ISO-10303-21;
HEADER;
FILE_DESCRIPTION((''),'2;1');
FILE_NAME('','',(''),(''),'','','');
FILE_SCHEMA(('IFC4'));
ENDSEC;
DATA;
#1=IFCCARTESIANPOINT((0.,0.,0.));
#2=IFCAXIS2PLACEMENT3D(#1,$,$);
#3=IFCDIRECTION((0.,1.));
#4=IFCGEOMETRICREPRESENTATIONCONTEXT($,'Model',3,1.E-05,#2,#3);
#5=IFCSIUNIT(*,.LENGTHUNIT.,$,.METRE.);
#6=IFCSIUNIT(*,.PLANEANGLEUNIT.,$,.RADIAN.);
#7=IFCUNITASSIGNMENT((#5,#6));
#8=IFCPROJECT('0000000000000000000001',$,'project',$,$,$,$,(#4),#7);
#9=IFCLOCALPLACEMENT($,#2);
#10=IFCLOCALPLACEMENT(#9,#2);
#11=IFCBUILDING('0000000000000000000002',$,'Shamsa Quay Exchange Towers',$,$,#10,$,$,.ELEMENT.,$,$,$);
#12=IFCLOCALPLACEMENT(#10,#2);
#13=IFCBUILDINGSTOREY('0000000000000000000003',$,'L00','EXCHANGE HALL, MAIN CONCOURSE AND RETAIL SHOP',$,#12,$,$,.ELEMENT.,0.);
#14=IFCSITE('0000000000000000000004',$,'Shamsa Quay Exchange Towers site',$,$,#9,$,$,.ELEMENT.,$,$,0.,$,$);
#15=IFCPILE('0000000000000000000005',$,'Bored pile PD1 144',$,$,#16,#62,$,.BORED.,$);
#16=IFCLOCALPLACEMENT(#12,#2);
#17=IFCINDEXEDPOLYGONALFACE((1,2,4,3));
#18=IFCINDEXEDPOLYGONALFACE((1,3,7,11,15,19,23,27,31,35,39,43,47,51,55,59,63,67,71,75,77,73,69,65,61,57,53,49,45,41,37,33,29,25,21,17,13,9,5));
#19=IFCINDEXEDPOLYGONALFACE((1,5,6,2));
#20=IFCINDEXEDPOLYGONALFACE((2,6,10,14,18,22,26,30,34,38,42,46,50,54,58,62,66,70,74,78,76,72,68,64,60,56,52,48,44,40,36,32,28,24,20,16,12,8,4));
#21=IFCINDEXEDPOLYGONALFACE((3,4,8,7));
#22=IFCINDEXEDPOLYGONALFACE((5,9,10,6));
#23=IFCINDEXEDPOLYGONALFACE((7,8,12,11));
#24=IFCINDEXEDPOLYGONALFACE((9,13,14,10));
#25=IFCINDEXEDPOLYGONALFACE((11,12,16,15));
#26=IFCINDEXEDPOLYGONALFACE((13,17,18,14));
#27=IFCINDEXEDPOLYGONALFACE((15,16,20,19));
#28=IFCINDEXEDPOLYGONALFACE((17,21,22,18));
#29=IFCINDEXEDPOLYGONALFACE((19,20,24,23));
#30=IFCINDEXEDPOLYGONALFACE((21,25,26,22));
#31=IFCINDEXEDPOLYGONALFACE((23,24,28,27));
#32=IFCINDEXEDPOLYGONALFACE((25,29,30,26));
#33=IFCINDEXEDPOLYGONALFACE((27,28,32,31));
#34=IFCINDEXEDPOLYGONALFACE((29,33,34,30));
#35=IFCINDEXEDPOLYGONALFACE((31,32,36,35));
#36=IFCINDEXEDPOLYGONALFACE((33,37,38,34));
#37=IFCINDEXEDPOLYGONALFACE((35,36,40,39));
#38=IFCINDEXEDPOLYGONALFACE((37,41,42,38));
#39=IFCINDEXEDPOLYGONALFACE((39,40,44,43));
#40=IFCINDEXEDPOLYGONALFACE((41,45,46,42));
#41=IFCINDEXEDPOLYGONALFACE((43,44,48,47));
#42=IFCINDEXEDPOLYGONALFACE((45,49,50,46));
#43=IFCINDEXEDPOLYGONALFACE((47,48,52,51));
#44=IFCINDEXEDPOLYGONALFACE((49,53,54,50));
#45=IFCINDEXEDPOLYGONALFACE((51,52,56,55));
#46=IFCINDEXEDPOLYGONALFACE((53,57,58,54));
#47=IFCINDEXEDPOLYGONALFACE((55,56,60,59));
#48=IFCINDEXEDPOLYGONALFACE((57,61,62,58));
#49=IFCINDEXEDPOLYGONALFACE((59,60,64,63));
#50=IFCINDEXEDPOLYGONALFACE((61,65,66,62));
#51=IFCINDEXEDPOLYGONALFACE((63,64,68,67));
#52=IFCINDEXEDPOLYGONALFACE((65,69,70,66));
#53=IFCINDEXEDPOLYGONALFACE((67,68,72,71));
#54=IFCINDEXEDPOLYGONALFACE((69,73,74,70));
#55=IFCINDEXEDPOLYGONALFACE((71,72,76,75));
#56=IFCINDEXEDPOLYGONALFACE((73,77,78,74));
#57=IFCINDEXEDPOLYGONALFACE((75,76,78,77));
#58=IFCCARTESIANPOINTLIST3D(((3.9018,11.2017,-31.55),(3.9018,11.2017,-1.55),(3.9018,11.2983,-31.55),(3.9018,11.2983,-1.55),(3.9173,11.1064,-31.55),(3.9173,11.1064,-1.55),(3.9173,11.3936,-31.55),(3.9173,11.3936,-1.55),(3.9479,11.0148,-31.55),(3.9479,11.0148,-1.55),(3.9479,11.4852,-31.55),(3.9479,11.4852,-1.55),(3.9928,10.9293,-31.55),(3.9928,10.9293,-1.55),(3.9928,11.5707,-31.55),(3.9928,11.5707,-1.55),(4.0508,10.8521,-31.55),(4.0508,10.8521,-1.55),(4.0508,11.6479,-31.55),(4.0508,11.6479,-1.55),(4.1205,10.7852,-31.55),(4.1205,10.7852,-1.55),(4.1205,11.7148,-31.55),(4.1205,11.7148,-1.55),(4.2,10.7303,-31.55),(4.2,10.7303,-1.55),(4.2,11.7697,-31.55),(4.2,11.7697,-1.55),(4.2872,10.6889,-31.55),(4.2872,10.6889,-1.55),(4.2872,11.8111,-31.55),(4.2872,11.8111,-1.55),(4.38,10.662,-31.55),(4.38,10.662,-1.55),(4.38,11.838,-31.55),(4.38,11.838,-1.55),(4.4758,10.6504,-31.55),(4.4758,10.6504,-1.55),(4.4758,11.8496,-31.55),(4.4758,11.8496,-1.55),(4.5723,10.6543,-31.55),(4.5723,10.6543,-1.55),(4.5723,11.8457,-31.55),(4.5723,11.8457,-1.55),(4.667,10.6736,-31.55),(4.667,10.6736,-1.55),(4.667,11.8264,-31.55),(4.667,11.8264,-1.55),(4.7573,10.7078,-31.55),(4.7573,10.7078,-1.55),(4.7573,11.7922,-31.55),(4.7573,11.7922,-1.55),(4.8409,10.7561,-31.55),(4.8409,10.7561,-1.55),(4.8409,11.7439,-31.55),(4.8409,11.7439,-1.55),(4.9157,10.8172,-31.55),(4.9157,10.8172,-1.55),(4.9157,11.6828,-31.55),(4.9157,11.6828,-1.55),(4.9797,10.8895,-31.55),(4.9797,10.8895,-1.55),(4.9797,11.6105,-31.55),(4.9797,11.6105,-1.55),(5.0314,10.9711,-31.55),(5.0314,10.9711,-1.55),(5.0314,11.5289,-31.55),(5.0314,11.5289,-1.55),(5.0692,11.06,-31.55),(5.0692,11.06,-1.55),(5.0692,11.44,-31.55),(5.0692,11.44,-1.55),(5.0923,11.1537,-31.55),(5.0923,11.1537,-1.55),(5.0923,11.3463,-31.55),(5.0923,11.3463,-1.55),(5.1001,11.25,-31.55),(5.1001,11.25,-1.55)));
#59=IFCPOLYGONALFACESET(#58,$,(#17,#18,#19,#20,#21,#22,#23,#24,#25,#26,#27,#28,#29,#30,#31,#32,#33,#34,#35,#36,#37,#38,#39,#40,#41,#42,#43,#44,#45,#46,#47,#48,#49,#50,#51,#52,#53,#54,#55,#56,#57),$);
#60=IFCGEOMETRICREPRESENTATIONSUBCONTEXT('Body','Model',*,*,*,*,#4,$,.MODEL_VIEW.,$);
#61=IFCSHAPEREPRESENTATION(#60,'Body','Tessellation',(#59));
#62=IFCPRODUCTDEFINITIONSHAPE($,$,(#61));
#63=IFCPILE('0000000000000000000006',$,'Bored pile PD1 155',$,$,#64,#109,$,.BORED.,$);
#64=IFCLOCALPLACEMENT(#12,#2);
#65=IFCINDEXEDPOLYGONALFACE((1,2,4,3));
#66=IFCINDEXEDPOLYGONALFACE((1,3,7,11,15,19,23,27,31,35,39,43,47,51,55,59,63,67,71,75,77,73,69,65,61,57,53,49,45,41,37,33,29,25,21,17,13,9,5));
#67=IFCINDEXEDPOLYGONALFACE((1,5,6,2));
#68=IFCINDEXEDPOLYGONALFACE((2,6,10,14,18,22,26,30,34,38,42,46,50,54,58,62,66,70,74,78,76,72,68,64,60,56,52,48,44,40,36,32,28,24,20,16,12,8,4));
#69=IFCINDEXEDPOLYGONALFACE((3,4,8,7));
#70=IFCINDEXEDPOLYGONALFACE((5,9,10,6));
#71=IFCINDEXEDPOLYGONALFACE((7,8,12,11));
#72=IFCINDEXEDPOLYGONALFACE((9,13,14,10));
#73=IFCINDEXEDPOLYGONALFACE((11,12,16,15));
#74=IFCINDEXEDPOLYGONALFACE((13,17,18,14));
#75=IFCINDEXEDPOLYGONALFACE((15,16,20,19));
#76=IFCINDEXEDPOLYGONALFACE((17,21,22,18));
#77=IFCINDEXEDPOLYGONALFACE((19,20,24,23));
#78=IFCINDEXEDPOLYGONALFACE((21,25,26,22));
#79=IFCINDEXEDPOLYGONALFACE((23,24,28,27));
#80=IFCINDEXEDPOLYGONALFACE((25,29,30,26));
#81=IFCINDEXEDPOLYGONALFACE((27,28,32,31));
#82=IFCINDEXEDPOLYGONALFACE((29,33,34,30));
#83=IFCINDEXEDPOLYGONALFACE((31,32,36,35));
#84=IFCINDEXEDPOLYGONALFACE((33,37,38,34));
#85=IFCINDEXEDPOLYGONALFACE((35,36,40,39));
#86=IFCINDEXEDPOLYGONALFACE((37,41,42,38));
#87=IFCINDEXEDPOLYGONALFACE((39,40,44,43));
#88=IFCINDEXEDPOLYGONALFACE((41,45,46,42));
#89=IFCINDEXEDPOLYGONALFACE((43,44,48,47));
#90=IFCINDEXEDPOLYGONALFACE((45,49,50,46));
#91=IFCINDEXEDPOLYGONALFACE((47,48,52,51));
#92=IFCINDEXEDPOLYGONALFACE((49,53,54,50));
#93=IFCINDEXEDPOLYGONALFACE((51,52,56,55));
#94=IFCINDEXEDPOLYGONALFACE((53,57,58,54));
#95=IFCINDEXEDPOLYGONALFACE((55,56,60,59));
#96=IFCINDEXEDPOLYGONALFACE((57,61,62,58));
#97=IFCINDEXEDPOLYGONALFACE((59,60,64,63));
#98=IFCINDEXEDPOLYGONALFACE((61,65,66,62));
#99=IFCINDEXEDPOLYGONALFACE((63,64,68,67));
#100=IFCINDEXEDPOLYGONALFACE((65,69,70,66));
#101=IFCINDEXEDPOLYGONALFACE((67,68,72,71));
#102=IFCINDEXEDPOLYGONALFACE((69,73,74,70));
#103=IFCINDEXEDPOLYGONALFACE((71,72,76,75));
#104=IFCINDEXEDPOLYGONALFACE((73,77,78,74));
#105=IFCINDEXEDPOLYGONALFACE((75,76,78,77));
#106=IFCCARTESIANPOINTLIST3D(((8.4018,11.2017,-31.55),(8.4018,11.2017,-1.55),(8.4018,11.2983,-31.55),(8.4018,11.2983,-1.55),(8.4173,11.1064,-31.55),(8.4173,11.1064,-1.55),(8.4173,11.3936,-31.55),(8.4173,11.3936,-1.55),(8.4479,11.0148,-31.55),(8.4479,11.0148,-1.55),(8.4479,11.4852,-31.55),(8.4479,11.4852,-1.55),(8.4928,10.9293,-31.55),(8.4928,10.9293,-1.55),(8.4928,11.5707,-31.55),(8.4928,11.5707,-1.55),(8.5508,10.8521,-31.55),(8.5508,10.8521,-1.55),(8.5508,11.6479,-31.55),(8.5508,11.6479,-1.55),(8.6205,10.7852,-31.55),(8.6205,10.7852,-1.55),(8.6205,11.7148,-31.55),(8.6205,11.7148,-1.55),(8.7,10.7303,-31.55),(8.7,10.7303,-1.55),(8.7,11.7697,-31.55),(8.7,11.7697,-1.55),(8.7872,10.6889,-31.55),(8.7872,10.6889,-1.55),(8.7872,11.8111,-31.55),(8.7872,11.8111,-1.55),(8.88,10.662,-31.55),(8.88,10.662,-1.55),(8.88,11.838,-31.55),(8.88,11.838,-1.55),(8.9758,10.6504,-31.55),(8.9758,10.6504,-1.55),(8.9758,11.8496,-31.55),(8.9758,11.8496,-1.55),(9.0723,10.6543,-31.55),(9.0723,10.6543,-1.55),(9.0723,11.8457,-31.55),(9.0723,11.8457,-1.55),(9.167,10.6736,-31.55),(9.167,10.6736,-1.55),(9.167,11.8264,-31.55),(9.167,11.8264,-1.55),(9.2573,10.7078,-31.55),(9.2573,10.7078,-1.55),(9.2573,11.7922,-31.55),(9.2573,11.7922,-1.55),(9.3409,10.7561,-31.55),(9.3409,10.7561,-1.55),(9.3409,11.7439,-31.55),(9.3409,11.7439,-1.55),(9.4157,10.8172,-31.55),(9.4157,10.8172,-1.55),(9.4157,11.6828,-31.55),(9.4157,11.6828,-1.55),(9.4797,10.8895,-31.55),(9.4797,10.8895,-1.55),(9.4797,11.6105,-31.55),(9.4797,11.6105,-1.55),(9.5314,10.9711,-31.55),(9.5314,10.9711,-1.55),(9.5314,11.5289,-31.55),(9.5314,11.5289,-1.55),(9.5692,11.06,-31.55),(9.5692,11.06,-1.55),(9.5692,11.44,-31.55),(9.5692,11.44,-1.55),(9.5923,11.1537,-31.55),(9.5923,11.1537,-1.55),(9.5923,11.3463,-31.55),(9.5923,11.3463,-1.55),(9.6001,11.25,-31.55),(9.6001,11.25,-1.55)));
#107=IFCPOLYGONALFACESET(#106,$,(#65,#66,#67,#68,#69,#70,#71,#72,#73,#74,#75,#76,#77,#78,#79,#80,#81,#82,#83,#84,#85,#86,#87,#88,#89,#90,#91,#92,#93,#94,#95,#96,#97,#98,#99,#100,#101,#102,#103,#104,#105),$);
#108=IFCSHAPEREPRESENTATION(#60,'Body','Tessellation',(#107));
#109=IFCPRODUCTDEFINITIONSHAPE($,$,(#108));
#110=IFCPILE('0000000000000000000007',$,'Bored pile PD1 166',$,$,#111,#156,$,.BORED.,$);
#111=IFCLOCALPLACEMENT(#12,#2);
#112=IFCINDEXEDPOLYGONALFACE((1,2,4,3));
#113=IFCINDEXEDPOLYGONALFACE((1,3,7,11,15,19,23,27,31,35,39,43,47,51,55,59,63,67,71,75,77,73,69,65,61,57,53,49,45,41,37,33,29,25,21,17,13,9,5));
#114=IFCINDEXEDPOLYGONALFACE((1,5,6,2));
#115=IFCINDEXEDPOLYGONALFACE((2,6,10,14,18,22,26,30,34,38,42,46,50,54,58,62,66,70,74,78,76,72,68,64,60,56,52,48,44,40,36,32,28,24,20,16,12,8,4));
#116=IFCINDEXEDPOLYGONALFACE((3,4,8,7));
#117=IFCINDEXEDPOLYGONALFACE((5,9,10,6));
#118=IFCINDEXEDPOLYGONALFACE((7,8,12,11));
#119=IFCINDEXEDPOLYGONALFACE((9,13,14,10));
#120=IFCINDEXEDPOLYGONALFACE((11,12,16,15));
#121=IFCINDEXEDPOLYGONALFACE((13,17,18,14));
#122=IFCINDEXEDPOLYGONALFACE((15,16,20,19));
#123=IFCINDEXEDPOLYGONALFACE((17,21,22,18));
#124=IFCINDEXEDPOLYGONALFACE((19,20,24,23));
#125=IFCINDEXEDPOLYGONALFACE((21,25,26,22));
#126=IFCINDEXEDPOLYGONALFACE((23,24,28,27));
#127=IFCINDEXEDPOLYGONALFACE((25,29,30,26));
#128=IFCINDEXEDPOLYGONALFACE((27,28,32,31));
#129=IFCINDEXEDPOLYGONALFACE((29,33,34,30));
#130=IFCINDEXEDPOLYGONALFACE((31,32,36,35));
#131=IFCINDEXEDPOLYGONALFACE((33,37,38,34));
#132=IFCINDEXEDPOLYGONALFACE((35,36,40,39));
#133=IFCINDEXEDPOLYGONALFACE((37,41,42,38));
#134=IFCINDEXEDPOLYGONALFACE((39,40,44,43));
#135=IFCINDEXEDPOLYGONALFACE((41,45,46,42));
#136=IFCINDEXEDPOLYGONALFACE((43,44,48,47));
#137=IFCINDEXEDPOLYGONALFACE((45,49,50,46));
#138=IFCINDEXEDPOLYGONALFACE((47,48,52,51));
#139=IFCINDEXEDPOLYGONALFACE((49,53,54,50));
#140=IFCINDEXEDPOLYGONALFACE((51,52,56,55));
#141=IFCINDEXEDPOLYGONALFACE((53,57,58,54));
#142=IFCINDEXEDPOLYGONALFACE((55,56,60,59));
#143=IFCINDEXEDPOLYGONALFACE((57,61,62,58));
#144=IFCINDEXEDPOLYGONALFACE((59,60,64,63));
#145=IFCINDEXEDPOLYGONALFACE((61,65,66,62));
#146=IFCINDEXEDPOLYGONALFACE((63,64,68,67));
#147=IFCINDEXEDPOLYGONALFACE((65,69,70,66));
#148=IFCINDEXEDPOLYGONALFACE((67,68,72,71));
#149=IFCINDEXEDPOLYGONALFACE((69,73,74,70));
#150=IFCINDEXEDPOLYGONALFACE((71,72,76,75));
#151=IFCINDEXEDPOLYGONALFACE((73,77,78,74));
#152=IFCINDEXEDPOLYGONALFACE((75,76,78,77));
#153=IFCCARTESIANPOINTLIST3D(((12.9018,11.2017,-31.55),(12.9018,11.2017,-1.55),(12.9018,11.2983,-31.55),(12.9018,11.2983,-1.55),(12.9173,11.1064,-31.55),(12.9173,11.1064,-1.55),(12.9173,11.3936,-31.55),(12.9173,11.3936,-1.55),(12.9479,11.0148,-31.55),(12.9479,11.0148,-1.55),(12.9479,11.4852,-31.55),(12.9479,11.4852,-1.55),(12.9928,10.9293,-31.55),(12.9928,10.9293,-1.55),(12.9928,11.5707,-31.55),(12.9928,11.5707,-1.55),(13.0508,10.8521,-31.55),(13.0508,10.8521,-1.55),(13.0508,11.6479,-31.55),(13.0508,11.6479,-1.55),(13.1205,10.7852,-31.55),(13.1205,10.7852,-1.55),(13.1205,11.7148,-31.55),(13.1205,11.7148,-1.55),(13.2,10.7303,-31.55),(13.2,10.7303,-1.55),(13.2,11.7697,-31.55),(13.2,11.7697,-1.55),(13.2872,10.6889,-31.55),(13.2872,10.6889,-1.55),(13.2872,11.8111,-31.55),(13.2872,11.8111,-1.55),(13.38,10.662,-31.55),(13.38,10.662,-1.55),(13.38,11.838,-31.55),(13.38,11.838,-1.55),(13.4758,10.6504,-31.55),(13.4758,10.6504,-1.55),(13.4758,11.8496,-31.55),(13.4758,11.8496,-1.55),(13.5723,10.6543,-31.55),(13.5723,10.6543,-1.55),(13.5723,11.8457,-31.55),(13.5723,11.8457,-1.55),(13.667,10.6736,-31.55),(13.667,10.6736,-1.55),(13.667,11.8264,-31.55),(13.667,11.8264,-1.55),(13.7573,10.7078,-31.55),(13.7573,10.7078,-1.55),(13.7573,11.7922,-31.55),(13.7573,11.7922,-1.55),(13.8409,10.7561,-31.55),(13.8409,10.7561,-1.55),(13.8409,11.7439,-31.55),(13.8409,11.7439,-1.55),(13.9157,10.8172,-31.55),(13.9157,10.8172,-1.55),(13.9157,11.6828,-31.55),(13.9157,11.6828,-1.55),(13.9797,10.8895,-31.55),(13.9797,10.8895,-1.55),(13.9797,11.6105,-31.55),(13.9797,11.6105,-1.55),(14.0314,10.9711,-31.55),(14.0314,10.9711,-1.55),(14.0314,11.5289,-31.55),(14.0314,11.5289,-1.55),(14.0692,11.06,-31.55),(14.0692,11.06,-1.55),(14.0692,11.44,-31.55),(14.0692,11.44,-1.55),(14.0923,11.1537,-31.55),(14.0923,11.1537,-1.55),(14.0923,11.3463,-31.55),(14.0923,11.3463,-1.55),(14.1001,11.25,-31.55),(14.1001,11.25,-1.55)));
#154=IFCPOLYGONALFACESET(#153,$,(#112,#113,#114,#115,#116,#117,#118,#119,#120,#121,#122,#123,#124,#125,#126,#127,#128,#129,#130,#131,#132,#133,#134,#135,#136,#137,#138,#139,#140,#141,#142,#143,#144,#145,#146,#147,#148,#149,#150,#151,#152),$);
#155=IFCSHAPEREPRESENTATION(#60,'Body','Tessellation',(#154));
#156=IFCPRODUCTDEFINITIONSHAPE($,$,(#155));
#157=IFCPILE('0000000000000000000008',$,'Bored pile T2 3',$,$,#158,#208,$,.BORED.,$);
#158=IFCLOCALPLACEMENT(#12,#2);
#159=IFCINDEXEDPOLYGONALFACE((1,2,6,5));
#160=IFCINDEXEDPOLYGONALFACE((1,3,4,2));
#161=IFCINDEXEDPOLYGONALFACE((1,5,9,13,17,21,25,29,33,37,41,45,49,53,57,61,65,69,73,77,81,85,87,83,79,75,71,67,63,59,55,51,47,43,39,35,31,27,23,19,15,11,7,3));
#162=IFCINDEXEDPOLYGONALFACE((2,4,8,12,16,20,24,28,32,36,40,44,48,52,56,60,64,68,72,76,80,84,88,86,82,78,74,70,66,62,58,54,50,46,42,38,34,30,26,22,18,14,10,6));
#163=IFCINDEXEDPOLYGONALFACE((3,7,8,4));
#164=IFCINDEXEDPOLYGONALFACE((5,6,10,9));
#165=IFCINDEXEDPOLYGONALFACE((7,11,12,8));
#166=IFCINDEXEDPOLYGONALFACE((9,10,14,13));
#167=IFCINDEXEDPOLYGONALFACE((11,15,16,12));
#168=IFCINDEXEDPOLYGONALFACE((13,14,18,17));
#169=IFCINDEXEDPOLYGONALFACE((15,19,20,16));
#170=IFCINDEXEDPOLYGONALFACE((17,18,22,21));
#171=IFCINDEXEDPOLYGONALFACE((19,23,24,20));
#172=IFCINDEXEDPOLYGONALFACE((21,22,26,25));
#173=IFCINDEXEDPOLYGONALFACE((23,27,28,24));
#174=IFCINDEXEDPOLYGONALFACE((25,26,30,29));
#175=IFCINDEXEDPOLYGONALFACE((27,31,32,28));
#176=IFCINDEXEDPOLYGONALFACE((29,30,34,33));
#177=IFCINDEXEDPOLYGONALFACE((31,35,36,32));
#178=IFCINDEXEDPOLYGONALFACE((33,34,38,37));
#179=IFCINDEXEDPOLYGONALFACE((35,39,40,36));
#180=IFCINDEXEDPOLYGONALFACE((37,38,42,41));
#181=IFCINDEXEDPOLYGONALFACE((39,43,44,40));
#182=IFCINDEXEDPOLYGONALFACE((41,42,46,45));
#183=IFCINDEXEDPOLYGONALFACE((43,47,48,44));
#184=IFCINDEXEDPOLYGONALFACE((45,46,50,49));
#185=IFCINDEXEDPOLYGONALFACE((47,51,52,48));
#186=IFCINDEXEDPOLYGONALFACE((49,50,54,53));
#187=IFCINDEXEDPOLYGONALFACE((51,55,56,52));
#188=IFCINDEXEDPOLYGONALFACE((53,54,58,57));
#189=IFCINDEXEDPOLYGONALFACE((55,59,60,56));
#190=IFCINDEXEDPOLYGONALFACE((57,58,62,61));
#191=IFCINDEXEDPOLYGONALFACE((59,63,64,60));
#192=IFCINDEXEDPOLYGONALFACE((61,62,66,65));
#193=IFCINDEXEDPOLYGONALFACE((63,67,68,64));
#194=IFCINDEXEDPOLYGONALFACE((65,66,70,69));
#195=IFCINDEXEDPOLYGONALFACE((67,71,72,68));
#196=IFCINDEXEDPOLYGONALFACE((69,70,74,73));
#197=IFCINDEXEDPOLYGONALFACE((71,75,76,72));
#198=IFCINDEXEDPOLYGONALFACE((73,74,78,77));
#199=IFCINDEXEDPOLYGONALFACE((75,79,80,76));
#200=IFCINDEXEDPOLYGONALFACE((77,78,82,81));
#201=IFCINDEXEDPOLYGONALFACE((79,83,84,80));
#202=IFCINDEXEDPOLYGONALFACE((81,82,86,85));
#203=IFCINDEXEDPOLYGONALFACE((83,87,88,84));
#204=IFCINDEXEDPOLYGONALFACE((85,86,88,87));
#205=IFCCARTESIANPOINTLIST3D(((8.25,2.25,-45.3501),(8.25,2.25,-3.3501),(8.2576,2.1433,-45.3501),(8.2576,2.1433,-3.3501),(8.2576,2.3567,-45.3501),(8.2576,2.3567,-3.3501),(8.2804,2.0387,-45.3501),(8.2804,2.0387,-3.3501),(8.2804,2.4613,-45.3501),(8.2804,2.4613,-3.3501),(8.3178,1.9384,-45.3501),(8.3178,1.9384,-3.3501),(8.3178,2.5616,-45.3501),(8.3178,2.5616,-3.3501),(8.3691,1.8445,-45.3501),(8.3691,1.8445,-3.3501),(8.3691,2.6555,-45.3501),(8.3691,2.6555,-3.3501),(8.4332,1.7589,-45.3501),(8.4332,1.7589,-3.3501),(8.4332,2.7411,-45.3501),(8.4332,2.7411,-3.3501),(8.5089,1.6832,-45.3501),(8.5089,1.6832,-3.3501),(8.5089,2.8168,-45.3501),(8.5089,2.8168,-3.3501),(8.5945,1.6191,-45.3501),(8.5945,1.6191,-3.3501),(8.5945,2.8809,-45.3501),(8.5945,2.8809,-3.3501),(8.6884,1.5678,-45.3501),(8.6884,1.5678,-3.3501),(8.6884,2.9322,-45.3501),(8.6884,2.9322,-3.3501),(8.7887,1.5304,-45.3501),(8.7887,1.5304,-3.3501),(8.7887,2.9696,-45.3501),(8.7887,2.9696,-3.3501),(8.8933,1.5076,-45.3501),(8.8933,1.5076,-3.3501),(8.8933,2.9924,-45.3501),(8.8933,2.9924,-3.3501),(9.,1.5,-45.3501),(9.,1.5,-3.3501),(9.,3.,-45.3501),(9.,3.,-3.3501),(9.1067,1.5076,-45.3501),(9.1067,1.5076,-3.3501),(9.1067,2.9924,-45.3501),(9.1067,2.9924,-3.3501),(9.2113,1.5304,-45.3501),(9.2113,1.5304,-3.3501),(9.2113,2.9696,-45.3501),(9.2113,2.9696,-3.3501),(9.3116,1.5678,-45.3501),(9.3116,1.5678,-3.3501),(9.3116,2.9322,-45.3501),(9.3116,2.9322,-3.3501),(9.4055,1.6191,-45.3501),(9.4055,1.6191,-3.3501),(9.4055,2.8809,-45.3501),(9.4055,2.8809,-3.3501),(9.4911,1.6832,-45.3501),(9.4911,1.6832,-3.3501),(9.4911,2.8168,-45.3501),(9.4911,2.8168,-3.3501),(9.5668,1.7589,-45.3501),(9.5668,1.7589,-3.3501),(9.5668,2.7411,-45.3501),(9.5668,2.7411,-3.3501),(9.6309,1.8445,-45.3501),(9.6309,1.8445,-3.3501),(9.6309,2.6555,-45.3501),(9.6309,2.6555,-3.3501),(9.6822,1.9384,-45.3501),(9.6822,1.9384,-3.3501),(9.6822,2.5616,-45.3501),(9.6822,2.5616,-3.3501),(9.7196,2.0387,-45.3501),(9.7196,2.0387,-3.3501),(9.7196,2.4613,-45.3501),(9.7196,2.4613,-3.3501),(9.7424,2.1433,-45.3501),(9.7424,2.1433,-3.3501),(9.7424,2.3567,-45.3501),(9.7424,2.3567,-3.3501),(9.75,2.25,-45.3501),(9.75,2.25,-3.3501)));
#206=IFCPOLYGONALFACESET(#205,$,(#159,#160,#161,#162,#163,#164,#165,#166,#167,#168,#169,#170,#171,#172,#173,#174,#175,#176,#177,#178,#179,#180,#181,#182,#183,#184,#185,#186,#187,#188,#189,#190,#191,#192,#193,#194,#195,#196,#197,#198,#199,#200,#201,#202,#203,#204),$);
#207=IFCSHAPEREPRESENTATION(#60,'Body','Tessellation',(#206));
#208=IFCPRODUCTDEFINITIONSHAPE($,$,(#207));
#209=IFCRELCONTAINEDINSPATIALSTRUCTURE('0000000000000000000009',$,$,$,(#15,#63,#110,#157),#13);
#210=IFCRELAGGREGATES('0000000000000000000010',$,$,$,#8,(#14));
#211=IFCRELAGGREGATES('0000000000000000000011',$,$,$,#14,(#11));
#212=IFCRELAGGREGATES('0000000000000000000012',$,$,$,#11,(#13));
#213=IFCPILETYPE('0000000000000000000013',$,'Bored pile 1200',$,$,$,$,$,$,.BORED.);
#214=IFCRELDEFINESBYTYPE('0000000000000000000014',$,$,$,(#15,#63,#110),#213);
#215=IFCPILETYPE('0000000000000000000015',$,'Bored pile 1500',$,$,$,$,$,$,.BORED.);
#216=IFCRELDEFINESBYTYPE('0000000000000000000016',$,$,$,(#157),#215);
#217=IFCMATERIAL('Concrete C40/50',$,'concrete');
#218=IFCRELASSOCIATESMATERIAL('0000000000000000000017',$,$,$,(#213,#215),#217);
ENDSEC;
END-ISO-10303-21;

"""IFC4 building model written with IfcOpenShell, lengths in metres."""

from ifc_helpers import new_model, si_unit, direction, frame, origin, origin_2d, place, context, subcontext, project, spatial, circle, extrude, material, material_profile, profile_set, type_object, element, save


model = new_model("IFC4")

# Units and contexts
model_context = context("Model", 3, precision=1e-05, world=origin(), true_north=direction((0.0, 1.0)))
body_context = subcontext(model_context, "Body", "Model", "MODEL_VIEW")
ifc_project = project(units=[si_unit("LENGTHUNIT", "METRE"), si_unit("PLANEANGLEUNIT", "RADIAN")], contexts=[model_context])

# Site, building, storey
site_placement = place(None, origin())
site = spatial("IfcSite", under=ifc_project, at=site_placement, Name="Shamsa Quay Exchange Towers site", CompositionType="ELEMENT", RefElevation=0.0)
building_placement = place(site_placement, origin())
building = spatial("IfcBuilding", under=site, at=building_placement, Name="Shamsa Quay Exchange Towers", CompositionType="ELEMENT")
storey_placement = place(building_placement, origin())
storey = spatial("IfcBuildingStorey", under=building, at=storey_placement, Name="L00", Description="EXCHANGE HALL, MAIN CONCOURSE AND RETAIL SHOP", CompositionType="ELEMENT", Elevation=0.0)

# Piles
ifc_material_1 = material(Name="Concrete C40/50", Category="concrete")
ifc_material_profile_1 = material_profile(ifc_material_1, circle(Radius=0.6001, at=origin_2d()), Name="BP1200")
ifc_profile_set_1 = profile_set([ifc_material_profile_1], Name="Concrete C40/50")
pile_type_1 = type_object("IfcPileType", Name="Bored pile 1200", PredefinedType="BORED", material=ifc_profile_set_1)
for number, where, z_axis, x_axis, name in (
    (1, (4.5, 11.25, -1.55), (0.0, 0.0, -1.0), (1.0, 0.0, 0.0), "Bored pile PD1 144"),
    (2, (9.0, 11.25, -1.55), (0.0, 0.0, -1.0), (1.0, 0.0, 0.0), "Bored pile PD1 155"),
    (3, (13.5, 11.25, -1.55), (0.0, 0.0, -1.0), (1.0, 0.0, 0.0), "Bored pile PD1 166"),
):
    element("IfcPile", number, at=place(storey_placement, frame(where, z_axis=z_axis, x_axis=x_axis)), inside=storey, type_object=pile_type_1, Name=name, PredefinedType="BORED", context=body_context, shape_type="SweptSolid", body=[
        extrude(circle(Radius=0.6001, at=origin_2d()), origin(), (0.0, 0.0, 1.0), 30.0),
    ])
ifc_material_profile_2 = material_profile(ifc_material_1, circle(Radius=0.75, at=origin_2d()), Name="BP1500")
ifc_profile_set_2 = profile_set([ifc_material_profile_2], Name="Concrete C40/50")
pile_type_2 = type_object("IfcPileType", Name="Bored pile 1500", PredefinedType="BORED", material=ifc_profile_set_2)
for number, where, z_axis, x_axis, name in (
    (4, (9.0, 2.25, -3.3501), (0.0, 0.0, -1.0), (1.0, 0.0, 0.0), "Bored pile T2 3"),
):
    element("IfcPile", number, at=place(storey_placement, frame(where, z_axis=z_axis, x_axis=x_axis)), inside=storey, type_object=pile_type_2, Name=name, PredefinedType="BORED", context=body_context, shape_type="SweptSolid", body=[
        extrude(circle(Radius=0.75, at=origin_2d()), origin(), (0.0, 0.0, 1.0), 42.0),
    ])

save(model, "model.ifc")
